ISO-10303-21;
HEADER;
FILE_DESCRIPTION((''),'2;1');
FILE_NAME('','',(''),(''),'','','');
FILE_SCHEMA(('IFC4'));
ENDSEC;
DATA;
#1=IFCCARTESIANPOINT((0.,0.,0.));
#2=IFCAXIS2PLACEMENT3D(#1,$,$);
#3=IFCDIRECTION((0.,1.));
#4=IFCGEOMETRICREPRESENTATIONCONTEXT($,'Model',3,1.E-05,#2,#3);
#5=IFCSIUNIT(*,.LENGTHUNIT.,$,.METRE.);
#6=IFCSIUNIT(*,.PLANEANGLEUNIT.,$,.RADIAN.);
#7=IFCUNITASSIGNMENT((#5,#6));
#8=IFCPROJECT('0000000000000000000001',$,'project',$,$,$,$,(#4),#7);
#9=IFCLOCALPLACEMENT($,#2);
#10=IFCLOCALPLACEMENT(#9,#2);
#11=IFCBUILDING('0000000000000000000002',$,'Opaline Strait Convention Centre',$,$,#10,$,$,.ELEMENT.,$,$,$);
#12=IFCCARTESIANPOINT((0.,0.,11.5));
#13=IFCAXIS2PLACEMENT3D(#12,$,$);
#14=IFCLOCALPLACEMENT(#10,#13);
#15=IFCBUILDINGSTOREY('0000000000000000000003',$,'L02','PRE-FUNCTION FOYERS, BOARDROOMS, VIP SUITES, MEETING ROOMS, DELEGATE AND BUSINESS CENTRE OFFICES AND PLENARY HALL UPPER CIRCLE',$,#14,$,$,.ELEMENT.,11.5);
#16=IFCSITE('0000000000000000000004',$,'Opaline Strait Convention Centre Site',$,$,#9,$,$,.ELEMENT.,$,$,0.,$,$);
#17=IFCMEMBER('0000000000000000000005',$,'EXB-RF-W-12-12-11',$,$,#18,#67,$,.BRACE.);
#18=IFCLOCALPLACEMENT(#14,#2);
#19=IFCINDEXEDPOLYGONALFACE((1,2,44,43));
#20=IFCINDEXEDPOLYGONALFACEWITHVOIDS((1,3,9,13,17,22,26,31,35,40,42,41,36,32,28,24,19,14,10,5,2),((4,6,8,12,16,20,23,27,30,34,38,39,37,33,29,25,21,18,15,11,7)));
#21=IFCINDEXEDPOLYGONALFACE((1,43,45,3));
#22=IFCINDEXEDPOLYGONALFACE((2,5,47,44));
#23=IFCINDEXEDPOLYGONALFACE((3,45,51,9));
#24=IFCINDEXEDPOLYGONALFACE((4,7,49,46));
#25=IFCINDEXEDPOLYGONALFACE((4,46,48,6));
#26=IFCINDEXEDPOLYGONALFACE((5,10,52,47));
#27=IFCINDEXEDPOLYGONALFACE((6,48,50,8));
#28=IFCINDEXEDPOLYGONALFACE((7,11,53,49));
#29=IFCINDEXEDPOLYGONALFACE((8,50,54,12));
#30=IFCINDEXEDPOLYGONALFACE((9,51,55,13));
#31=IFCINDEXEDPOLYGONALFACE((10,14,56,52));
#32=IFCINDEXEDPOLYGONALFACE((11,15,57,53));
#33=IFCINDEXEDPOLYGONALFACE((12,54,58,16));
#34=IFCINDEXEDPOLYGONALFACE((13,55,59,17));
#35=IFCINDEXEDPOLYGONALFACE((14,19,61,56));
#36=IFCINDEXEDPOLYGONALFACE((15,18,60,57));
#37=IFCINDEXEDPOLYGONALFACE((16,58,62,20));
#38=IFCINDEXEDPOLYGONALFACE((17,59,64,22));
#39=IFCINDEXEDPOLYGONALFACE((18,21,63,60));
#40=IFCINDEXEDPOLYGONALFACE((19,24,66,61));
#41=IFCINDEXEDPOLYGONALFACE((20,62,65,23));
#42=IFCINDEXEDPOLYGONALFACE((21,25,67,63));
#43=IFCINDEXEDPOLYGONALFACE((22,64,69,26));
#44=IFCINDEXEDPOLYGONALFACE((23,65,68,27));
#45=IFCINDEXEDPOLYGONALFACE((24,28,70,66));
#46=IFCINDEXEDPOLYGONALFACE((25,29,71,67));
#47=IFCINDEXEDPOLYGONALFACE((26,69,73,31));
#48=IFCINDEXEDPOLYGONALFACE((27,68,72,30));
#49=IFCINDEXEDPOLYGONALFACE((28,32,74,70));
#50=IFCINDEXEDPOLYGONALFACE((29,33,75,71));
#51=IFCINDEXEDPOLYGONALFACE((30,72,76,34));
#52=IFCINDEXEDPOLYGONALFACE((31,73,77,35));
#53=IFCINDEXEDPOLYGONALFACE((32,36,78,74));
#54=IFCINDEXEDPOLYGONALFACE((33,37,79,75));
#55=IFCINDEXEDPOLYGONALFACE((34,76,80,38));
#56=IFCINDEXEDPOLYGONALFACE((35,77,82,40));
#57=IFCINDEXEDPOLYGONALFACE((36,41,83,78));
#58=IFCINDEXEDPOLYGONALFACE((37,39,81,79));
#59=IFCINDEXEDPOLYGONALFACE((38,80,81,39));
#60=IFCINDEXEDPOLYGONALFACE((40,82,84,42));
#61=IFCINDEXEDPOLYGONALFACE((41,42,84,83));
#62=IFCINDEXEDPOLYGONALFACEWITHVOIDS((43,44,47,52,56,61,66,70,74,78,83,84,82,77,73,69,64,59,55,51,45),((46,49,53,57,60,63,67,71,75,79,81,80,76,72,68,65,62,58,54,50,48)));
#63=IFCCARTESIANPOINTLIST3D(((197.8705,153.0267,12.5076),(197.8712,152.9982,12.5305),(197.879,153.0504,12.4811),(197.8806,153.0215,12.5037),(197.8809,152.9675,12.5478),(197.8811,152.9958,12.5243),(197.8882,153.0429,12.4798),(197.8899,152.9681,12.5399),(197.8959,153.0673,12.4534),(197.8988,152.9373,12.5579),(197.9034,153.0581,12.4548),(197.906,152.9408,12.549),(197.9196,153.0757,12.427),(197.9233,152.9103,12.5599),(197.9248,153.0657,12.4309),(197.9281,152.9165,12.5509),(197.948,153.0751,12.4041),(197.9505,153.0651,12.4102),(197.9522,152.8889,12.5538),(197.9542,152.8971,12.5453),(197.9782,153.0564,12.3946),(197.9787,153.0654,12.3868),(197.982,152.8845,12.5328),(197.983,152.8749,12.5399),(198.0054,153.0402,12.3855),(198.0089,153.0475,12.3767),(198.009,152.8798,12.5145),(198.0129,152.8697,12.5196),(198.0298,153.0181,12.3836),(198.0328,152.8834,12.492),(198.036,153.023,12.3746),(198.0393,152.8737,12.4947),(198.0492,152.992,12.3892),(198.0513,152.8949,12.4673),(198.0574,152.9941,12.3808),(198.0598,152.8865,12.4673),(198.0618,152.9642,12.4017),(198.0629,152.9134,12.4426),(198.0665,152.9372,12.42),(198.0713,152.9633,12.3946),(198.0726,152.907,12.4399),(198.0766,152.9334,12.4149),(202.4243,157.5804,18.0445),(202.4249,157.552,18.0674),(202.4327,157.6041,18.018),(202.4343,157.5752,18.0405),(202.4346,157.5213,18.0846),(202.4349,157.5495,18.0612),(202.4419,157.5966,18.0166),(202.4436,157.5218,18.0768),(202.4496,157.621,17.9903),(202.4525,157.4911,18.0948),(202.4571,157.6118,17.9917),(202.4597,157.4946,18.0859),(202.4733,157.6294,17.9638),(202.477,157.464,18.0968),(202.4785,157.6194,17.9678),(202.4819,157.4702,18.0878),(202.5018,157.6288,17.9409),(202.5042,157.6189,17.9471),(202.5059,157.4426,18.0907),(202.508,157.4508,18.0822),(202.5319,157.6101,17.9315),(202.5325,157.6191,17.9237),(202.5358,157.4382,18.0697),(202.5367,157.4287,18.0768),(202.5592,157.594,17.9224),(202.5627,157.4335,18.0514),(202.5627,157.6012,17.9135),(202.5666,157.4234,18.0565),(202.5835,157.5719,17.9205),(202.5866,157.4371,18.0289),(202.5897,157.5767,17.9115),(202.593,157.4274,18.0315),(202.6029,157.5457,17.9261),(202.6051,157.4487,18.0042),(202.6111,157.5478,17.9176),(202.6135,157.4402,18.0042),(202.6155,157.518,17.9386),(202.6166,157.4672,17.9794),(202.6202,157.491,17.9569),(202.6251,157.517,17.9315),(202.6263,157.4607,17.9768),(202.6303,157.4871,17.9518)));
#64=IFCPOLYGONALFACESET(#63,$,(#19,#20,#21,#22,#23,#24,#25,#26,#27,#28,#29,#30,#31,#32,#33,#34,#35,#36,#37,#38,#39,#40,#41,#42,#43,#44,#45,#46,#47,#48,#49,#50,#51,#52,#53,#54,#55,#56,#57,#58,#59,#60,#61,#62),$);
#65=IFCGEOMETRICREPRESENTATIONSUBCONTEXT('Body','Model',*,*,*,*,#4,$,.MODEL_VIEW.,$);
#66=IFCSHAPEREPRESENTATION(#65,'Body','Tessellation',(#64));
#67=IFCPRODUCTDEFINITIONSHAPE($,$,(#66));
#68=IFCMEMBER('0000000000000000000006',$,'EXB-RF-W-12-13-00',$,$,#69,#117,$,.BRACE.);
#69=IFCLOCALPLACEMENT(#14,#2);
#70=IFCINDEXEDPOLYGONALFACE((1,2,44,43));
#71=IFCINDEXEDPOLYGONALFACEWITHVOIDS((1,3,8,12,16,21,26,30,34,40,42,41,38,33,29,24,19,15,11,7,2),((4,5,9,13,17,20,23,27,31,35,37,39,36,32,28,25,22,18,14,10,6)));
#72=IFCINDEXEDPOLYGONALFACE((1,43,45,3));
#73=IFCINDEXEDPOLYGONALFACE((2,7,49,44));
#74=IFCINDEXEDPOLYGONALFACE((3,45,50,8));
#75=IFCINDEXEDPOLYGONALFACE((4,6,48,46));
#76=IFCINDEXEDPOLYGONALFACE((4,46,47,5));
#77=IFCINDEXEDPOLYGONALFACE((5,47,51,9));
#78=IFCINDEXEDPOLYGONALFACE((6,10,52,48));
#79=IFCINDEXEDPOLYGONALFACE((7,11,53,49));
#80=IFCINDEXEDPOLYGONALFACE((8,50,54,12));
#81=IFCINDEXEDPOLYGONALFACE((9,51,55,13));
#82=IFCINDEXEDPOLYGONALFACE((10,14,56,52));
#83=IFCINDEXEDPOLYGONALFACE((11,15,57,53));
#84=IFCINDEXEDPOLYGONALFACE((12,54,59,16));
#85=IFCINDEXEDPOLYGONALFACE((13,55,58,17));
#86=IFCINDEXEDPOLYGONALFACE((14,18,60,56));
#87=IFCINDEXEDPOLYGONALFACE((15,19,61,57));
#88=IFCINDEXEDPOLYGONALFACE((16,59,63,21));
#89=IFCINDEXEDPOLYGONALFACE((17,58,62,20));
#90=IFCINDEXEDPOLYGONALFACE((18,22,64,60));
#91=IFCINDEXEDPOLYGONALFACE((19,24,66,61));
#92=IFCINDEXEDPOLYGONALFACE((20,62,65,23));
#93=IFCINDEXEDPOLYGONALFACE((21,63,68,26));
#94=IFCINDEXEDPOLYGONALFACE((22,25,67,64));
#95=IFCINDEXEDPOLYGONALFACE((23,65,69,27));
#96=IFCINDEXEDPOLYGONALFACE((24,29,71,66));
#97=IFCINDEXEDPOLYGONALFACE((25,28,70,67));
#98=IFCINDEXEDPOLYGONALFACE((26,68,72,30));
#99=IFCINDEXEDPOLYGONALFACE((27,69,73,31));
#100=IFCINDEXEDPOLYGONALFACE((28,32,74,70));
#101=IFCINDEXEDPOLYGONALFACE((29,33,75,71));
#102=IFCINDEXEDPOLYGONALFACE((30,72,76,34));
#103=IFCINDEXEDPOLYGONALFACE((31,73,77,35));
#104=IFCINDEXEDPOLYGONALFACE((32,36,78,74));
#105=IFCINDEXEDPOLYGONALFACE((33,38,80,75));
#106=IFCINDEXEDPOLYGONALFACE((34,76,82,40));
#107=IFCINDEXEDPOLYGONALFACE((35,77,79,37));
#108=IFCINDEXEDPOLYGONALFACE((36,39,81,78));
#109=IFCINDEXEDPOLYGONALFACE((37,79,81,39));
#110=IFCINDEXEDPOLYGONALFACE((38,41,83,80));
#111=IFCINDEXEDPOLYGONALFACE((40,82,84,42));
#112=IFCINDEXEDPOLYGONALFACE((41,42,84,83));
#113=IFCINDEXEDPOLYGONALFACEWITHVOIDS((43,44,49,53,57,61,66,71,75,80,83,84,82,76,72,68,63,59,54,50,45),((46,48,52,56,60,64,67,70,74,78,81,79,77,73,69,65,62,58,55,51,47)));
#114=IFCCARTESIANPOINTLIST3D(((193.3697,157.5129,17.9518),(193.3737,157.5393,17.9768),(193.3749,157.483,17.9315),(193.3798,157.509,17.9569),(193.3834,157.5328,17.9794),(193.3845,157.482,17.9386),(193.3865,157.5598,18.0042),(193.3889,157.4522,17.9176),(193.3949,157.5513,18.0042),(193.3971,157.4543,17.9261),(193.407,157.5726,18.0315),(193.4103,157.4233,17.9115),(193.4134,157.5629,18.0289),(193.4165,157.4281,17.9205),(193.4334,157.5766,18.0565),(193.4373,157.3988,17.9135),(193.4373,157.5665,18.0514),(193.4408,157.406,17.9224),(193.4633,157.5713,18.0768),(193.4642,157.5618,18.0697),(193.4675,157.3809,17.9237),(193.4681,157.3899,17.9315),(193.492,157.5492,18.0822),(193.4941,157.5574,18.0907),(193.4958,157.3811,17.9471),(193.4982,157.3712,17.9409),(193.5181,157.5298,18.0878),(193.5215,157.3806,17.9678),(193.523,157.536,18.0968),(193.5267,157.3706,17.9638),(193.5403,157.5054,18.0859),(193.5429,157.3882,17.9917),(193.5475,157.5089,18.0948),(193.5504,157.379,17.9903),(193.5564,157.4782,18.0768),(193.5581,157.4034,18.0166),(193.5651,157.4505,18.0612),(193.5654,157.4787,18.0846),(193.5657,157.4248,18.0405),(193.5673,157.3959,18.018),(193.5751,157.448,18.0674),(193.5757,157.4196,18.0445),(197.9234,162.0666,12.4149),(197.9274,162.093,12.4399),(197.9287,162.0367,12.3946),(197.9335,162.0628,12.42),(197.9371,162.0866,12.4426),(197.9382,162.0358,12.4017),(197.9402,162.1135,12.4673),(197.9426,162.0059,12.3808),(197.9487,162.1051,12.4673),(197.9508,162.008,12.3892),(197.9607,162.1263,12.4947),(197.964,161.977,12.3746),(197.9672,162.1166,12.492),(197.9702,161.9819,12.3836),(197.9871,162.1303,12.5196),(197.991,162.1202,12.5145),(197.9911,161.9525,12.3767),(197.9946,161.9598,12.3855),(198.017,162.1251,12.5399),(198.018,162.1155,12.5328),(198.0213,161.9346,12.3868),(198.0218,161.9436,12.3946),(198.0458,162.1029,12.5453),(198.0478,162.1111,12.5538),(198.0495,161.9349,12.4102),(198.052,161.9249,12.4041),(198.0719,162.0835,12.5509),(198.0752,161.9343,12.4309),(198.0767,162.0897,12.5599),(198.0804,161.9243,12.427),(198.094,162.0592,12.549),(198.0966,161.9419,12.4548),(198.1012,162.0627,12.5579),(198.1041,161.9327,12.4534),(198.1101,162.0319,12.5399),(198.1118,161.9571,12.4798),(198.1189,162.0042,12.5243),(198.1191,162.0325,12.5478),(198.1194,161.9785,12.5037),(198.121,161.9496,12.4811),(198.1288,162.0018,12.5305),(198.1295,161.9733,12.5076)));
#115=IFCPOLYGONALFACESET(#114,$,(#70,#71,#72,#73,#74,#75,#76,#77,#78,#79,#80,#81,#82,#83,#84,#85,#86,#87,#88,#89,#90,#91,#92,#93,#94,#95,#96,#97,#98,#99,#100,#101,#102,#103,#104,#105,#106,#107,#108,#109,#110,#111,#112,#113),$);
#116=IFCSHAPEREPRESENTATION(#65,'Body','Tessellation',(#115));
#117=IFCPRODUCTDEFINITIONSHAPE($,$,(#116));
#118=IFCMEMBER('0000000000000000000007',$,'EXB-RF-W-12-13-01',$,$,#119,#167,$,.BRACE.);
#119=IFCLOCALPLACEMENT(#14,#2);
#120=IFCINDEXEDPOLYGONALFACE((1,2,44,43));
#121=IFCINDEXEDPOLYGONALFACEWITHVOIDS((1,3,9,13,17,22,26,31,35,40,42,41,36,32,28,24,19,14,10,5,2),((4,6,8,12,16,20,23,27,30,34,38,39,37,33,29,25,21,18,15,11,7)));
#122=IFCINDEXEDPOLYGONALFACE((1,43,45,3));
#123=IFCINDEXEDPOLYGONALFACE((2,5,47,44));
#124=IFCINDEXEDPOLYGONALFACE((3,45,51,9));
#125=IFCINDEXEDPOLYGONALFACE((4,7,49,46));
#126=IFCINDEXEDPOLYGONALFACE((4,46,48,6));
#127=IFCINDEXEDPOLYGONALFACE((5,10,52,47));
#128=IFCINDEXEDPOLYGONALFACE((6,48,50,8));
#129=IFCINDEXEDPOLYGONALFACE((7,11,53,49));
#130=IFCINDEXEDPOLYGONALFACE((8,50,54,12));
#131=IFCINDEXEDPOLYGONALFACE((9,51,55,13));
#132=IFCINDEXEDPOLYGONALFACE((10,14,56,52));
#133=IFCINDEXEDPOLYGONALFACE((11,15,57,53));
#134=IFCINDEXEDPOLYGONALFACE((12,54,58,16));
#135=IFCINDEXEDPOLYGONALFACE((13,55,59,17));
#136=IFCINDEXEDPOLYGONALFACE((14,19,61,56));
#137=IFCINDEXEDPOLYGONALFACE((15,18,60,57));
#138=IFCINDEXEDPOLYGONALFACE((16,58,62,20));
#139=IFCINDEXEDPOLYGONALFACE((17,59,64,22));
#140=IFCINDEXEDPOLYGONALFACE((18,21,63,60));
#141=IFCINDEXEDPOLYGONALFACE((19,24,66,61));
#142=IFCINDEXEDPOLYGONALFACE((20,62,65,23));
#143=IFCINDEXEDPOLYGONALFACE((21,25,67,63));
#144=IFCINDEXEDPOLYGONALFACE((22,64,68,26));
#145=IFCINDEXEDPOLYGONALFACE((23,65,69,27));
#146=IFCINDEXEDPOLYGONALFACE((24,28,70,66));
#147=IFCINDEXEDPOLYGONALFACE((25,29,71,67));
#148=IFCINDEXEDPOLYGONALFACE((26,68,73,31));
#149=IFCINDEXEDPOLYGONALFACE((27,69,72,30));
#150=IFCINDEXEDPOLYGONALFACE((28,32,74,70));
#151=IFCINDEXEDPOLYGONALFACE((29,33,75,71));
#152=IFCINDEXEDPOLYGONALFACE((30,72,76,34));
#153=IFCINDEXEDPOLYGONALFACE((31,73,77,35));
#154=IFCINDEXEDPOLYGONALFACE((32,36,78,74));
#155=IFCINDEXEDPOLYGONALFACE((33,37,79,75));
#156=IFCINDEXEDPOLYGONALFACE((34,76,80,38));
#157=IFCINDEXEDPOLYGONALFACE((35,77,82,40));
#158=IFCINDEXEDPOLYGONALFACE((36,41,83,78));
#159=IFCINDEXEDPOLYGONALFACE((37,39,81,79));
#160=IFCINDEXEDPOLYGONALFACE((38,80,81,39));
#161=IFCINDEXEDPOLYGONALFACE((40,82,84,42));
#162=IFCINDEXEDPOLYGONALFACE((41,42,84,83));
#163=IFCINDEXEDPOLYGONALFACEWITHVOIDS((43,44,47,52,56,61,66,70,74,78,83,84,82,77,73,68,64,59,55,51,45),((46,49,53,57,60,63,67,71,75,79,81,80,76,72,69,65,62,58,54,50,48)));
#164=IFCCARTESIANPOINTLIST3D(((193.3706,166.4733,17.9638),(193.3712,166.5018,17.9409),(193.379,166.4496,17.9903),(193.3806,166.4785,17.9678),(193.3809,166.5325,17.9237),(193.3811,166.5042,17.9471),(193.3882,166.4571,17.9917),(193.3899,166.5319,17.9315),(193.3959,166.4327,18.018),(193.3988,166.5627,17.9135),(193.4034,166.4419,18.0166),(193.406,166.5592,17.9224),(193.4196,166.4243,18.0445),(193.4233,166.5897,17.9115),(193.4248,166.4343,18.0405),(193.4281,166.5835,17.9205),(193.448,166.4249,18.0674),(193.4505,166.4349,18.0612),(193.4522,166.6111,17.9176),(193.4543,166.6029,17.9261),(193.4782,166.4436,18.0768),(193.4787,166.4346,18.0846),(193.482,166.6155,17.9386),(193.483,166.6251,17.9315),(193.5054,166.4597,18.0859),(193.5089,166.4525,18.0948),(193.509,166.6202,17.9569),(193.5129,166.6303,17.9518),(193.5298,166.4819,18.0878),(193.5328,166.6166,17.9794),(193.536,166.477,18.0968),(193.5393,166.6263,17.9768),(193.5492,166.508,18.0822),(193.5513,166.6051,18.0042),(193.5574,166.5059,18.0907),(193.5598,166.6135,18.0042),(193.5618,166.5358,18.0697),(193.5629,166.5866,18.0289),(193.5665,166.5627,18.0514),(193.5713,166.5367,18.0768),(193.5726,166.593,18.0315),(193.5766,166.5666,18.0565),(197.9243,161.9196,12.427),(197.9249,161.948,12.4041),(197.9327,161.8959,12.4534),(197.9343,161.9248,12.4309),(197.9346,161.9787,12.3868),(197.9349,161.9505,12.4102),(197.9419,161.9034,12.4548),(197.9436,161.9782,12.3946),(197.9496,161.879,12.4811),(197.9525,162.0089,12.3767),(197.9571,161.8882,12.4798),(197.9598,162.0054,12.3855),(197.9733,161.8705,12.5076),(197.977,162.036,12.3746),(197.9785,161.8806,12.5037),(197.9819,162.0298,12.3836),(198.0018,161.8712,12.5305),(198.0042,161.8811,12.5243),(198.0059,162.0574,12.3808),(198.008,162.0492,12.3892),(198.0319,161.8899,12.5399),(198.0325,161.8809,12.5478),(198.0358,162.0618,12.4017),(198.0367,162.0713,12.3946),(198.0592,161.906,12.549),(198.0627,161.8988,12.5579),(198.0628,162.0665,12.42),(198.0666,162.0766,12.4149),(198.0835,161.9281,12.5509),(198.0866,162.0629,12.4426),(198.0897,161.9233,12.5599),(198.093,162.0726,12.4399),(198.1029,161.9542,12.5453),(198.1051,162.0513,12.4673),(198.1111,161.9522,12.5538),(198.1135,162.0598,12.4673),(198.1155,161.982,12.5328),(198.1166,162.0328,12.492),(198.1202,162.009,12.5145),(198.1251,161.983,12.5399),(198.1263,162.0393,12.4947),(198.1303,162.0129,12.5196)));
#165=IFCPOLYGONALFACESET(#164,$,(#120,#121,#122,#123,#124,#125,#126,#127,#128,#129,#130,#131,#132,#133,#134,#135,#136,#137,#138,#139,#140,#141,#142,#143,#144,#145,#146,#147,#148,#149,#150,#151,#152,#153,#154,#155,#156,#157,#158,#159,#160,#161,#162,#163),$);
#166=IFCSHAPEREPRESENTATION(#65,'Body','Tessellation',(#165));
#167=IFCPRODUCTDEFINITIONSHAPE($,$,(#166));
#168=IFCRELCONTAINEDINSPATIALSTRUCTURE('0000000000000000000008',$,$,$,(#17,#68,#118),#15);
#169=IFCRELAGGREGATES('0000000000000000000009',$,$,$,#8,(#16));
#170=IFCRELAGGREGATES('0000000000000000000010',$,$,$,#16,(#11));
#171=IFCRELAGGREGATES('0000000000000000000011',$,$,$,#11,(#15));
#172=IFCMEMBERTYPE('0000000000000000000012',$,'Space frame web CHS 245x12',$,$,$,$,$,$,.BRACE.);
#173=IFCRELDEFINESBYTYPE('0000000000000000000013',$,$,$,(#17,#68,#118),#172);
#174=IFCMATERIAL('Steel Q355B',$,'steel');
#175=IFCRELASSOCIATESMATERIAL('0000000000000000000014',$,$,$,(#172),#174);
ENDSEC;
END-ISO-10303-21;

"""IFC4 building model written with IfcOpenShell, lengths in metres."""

from ifc_helpers import new_model, si_unit, direction, frame, origin, origin_2d, place, context, subcontext, project, spatial, hollow_circle, extrude, material, material_profile, profile_set, type_object, element, save


model = new_model("IFC4")

# Units and contexts
model_context = context("Model", 3, precision=1e-05, world=origin(), true_north=direction((0.0, 1.0)))
body_context = subcontext(model_context, "Body", "Model", "MODEL_VIEW")
ifc_project = project(units=[si_unit("LENGTHUNIT", "METRE"), si_unit("PLANEANGLEUNIT", "RADIAN")], contexts=[model_context])

# Site, building, storey
site_placement = place(None, origin())
site = spatial("IfcSite", under=ifc_project, at=site_placement, Name="Opaline Strait Convention Centre Site", CompositionType="ELEMENT", RefElevation=0.0)
building_placement = place(site_placement, origin())
building = spatial("IfcBuilding", under=site, at=building_placement, Name="Opaline Strait Convention Centre", CompositionType="ELEMENT")
storey_placement = place(building_placement, frame((0.0, 0.0, 11.5)))
storey = spatial("IfcBuildingStorey", under=building, at=storey_placement, Name="L02", Description="PRE-FUNCTION FOYERS, BOARDROOMS, VIP SUITES, MEETING ROOMS, DELEGATE AND BUSINESS CENTRE OFFICES AND PLENARY HALL UPPER CIRCLE", CompositionType="ELEMENT", Elevation=11.5)

# Members
ifc_material_1 = material(Name="Steel Q355B", Category="steel")
ifc_material_profile_1 = material_profile(ifc_material_1, hollow_circle(Radius=0.1226, WallThickness=0.012, at=origin_2d()), Name="CHS 245x12")
ifc_profile_set_1 = profile_set([ifc_material_profile_1], Name="Steel Q355B")
member_type_1 = type_object("IfcMemberType", Name="Space frame web CHS 245x12", PredefinedType="BRACE", material=ifc_profile_set_1)
for number, where, z_axis, x_axis, name in (
    (1, (202.5269, 157.5269, 18.0042), (-0.536178, -0.536178, -0.65194), (0.707107, -0.707107, 0.0), "EXB-RF-W-12-12-11"),
    (2, (193.4731, 157.4731, 18.0042), (0.536178, 0.536178, -0.65194), (-0.707107, 0.707107, 0.0), "EXB-RF-W-12-13-00"),
    (3, (193.4731, 166.5269, 18.0042), (0.536178, -0.536178, -0.65194), (0.707107, 0.707107, 0.0), "EXB-RF-W-12-13-01"),
):
    element("IfcMember", number, at=place(storey_placement, frame(where, z_axis=z_axis, x_axis=x_axis)), inside=storey, type_object=member_type_1, Name=name, PredefinedType="BRACE", context=body_context, shape_type="SweptSolid", body=[
        extrude(hollow_circle(Radius=0.1226, WallThickness=0.012, at=origin_2d()), origin(), (0.0, 0.0, 1.0), 8.4929),
    ])

save(model, "model.ifc")
